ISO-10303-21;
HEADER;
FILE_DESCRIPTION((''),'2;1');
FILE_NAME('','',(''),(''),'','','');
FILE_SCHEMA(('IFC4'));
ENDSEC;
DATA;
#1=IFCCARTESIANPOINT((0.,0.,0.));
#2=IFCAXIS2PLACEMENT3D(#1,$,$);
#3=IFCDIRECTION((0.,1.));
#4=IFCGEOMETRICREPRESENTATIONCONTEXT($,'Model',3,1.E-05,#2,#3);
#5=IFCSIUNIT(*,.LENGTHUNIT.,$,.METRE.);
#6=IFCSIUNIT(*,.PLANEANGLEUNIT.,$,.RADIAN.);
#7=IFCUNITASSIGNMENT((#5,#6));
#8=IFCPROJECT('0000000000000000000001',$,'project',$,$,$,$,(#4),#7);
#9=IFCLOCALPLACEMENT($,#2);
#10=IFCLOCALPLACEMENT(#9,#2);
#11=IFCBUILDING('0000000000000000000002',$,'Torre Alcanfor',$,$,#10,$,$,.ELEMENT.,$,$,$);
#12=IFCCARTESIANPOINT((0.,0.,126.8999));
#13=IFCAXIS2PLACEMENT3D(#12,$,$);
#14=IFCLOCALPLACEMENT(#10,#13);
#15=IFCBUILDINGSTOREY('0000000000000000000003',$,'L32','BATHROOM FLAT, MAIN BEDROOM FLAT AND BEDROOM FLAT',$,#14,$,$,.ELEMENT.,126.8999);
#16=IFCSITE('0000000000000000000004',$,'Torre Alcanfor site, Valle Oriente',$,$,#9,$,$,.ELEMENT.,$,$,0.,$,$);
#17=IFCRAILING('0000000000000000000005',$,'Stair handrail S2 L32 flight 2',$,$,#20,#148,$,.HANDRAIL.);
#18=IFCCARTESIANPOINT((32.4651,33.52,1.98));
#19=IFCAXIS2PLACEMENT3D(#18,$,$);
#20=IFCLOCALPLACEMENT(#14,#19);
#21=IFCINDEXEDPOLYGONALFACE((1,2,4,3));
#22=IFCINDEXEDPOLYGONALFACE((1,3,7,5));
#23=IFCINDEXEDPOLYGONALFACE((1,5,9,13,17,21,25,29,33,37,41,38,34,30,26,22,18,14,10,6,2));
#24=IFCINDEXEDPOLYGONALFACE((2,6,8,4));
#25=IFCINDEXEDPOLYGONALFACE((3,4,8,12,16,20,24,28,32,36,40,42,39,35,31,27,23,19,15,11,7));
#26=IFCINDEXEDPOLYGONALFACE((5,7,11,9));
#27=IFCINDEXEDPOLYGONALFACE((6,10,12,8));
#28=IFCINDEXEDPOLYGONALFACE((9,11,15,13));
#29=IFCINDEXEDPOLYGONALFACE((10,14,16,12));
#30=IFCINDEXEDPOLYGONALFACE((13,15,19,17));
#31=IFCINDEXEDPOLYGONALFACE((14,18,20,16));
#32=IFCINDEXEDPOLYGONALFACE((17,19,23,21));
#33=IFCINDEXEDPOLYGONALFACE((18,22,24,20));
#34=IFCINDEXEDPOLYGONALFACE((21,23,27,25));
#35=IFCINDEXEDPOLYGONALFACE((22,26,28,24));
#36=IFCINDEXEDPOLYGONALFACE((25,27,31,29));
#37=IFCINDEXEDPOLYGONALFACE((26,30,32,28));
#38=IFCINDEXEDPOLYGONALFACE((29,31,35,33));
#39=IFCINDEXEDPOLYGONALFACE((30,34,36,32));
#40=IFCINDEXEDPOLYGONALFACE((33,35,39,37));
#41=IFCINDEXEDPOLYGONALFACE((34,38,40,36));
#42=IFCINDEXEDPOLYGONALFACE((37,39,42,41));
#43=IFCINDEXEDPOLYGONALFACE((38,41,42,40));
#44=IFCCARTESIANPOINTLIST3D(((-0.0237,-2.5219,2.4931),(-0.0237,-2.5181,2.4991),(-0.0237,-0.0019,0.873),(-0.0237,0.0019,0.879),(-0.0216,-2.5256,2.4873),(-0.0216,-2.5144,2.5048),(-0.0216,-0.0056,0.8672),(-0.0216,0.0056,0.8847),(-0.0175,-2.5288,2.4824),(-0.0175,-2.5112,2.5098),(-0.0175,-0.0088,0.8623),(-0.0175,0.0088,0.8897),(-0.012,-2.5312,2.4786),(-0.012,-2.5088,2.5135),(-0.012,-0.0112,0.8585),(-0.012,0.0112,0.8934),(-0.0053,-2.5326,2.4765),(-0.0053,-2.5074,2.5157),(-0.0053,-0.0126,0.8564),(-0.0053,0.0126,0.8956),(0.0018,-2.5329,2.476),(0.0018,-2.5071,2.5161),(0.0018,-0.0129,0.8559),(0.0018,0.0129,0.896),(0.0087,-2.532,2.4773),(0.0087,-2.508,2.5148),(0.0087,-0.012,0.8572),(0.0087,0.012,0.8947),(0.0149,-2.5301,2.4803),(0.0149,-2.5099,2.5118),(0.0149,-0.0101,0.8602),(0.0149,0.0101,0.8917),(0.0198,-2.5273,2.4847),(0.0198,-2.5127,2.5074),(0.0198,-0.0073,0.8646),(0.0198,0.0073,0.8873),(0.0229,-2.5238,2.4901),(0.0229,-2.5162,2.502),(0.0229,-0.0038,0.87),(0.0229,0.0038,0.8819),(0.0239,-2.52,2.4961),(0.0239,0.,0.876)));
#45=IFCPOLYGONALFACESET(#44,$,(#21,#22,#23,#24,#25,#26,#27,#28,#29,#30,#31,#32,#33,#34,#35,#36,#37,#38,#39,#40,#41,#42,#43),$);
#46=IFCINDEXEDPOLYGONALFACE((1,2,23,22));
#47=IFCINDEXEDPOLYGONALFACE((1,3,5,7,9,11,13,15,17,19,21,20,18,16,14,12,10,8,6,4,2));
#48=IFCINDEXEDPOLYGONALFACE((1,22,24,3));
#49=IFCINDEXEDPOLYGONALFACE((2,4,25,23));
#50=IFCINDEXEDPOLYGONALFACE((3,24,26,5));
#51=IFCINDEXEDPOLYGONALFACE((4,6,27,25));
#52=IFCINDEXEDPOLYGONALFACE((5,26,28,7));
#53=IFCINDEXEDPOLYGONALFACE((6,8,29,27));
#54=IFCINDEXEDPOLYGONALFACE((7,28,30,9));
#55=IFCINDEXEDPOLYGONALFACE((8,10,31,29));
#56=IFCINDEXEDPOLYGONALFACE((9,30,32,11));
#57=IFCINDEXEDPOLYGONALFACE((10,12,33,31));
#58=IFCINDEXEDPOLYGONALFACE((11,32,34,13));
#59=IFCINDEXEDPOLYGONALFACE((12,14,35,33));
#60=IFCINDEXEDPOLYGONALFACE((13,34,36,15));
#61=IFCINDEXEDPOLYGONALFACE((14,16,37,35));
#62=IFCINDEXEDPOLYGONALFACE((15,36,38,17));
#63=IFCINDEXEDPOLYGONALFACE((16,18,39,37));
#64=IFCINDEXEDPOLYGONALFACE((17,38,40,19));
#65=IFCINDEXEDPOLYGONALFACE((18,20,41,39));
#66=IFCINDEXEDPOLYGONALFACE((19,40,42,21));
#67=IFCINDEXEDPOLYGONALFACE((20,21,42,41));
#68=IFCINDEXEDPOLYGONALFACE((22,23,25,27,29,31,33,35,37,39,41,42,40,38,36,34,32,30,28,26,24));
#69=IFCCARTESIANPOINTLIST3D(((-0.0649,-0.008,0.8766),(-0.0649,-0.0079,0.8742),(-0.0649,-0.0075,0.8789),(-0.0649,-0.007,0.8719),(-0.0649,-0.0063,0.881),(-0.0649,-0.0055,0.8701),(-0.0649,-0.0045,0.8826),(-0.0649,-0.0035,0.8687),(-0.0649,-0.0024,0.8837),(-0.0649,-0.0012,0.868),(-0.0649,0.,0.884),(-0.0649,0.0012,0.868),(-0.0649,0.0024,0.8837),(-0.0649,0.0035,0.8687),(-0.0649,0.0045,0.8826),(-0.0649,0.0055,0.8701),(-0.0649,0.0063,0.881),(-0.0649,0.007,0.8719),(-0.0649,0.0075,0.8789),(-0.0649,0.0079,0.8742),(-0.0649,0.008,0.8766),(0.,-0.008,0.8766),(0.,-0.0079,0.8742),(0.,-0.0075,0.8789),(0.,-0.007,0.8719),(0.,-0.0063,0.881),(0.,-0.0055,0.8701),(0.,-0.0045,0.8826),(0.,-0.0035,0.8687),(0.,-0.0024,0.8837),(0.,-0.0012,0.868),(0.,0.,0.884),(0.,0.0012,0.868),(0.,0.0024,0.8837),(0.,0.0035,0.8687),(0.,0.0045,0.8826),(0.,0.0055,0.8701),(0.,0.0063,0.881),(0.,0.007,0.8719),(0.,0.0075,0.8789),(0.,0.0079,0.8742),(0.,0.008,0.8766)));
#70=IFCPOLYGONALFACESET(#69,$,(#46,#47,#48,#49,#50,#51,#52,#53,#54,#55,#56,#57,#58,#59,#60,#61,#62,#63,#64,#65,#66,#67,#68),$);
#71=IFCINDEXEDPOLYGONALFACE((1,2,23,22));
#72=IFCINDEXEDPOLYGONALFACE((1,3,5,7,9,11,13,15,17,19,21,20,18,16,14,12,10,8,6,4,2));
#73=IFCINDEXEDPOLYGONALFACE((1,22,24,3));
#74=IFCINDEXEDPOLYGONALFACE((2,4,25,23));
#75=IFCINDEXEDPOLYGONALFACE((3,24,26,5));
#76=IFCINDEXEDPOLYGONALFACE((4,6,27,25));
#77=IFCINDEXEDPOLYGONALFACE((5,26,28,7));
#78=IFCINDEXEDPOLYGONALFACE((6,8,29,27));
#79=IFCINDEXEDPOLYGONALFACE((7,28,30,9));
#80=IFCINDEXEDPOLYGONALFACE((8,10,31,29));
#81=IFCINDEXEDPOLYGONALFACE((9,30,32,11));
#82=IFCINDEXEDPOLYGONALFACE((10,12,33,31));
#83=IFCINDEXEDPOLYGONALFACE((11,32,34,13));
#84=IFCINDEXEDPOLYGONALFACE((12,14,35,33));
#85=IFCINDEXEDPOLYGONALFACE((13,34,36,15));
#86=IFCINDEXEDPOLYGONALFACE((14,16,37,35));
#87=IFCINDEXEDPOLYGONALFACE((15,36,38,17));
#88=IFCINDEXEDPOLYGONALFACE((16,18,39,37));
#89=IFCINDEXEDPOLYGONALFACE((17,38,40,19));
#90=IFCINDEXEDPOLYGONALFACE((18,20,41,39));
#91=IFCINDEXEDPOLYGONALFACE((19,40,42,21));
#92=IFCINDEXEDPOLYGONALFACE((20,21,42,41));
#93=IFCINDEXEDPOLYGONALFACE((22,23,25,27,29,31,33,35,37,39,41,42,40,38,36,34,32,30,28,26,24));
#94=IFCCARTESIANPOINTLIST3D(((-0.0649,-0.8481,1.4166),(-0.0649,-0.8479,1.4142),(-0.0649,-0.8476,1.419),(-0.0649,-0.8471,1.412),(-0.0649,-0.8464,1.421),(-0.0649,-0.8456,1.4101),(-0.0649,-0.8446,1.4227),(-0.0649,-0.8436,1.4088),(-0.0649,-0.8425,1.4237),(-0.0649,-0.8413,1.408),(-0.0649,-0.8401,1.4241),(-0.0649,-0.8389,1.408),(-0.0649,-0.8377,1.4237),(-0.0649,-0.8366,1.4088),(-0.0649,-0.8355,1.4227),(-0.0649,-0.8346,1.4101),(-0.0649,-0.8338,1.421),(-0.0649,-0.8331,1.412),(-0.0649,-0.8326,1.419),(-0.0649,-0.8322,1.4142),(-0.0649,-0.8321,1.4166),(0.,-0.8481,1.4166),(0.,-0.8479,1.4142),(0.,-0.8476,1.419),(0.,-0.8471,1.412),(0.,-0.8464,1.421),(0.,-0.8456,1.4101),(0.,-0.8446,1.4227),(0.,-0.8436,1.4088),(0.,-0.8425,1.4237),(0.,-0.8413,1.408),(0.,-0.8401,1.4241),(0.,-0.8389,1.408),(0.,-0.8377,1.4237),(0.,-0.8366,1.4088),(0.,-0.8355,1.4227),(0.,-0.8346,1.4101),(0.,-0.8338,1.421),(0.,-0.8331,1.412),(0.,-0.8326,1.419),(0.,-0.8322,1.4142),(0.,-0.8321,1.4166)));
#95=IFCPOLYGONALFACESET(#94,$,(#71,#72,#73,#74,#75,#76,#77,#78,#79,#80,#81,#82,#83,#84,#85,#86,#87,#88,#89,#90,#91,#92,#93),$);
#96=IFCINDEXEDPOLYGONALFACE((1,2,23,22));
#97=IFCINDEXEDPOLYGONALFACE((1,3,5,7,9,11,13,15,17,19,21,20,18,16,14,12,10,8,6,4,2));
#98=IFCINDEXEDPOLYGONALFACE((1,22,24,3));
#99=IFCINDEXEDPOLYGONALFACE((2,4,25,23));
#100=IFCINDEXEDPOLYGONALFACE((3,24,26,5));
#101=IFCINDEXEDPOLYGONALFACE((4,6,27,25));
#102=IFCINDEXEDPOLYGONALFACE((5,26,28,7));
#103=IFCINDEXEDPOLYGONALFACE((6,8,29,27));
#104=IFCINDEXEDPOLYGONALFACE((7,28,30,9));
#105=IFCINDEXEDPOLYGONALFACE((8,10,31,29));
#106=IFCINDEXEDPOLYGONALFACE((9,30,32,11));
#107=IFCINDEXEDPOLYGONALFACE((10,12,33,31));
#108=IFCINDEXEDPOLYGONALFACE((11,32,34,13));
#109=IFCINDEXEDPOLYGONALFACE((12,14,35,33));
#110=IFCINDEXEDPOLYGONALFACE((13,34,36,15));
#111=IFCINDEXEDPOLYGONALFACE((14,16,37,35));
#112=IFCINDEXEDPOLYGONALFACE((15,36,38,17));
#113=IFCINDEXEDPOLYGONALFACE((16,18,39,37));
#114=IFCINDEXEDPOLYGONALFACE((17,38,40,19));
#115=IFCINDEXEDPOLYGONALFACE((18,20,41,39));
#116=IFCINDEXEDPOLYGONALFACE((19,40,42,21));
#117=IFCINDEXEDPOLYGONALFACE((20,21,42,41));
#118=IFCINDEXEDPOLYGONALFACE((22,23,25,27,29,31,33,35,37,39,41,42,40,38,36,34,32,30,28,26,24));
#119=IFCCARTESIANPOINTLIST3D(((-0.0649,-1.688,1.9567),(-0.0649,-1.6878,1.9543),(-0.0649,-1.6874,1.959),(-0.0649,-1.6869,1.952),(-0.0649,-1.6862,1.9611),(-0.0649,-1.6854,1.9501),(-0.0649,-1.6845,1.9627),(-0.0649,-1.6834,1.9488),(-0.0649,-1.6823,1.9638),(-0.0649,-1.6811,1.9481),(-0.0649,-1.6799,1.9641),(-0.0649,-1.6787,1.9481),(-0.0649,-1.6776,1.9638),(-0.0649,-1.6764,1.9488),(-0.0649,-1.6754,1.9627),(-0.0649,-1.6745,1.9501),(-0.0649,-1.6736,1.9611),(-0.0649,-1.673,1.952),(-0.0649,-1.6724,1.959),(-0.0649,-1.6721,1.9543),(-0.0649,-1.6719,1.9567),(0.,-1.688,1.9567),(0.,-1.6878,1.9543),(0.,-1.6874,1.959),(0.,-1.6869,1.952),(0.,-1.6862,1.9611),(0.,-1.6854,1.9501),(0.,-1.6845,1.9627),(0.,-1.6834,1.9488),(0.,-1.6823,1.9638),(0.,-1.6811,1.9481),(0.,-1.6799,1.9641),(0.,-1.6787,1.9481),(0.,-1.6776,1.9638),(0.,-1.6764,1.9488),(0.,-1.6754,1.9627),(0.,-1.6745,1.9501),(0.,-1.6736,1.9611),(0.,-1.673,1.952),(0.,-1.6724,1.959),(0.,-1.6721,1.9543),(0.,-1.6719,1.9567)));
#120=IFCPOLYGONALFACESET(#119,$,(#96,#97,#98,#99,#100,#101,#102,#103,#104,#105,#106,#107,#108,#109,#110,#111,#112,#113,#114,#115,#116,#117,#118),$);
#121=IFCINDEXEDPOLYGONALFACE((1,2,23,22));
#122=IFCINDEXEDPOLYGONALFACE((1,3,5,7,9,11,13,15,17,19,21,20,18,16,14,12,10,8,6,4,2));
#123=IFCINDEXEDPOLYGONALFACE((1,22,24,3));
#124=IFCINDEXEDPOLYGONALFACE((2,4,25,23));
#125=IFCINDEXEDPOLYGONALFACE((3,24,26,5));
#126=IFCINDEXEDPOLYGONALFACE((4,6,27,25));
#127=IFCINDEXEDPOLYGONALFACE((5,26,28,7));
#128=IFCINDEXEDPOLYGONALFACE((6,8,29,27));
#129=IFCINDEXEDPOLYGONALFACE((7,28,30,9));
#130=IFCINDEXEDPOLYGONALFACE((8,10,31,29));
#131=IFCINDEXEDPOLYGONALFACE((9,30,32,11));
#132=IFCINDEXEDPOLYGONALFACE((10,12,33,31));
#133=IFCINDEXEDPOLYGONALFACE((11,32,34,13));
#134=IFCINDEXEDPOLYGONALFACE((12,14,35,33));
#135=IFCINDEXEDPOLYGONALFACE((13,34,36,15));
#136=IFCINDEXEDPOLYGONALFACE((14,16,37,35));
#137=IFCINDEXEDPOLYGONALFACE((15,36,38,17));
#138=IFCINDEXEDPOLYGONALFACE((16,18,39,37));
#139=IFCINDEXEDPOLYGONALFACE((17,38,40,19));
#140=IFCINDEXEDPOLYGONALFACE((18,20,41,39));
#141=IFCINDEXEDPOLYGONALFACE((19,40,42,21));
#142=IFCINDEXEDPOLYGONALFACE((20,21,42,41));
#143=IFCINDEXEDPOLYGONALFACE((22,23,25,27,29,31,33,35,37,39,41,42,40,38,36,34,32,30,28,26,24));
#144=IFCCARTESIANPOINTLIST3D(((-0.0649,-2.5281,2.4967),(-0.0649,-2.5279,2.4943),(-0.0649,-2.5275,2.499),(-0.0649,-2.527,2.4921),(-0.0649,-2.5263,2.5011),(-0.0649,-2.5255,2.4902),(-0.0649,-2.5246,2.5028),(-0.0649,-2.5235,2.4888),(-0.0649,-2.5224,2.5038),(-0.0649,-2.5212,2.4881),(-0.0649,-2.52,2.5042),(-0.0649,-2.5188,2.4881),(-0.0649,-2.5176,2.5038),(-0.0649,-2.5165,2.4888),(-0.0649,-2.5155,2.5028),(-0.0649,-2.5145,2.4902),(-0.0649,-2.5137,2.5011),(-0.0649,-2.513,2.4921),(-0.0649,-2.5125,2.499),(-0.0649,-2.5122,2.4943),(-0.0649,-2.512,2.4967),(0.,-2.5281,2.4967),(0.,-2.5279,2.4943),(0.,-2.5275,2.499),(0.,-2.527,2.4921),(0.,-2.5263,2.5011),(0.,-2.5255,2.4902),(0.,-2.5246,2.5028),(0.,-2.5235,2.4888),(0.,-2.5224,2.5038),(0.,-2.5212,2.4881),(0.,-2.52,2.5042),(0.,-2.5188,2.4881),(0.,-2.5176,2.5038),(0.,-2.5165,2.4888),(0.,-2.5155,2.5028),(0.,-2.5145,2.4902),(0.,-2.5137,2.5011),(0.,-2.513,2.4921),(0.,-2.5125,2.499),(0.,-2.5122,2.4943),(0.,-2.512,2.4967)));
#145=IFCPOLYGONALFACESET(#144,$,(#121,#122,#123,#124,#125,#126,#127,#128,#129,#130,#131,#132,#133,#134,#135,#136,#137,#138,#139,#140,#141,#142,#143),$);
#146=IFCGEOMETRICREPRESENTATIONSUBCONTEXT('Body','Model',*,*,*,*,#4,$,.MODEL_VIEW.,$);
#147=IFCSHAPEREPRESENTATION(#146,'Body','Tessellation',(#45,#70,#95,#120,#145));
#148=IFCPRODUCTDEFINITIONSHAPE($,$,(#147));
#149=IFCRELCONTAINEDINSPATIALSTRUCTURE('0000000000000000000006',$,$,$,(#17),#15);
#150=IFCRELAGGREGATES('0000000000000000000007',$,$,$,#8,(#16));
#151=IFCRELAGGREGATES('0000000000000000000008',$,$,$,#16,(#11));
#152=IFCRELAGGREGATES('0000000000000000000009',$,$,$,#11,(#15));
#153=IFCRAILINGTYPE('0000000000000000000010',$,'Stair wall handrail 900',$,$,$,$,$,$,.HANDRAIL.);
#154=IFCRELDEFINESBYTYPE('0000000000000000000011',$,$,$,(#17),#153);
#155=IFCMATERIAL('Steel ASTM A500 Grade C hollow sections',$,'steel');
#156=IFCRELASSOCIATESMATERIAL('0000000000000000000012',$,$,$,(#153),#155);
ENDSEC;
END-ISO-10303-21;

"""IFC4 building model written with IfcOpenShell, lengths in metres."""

from ifc_helpers import new_model, si_unit, direction, frame, origin, origin_2d, place, context, subcontext, project, spatial, circle, extrude, material, type_object, element, save


model = new_model("IFC4")

# Units and contexts
model_context = context("Model", 3, precision=1e-05, world=origin(), true_north=direction((0.0, 1.0)))
body_context = subcontext(model_context, "Body", "Model", "MODEL_VIEW")
ifc_project = project(units=[si_unit("LENGTHUNIT", "METRE"), si_unit("PLANEANGLEUNIT", "RADIAN")], contexts=[model_context])

# Site, building, storey
site_placement = place(None, origin())
site = spatial("IfcSite", under=ifc_project, at=site_placement, Name="Torre Alcanfor site, Valle Oriente", CompositionType="ELEMENT", RefElevation=0.0)
building_placement = place(site_placement, origin())
building = spatial("IfcBuilding", under=site, at=building_placement, Name="Torre Alcanfor", CompositionType="ELEMENT")
storey_placement = place(building_placement, frame((0.0, 0.0, 126.8999)))
storey = spatial("IfcBuildingStorey", under=building, at=storey_placement, Name="L32", Description="BATHROOM FLAT, MAIN BEDROOM FLAT AND BEDROOM FLAT", CompositionType="ELEMENT", Elevation=126.8999)

# Railing
ifc_material_1 = material(Name="Steel ASTM A500 Grade C hollow sections", Category="steel")
railing_type_1 = type_object("IfcRailingType", Name="Stair wall handrail 900", PredefinedType="HANDRAIL", material=ifc_material_1)
railing_1_placement = place(storey_placement, frame((32.4651, 33.52, 1.98)))
element("IfcRailing", 1, at=railing_1_placement, inside=storey, type_object=railing_type_1, Name="Stair handrail S2 L32 flight 2", PredefinedType="HANDRAIL", context=body_context, shape_type="SweptSolid", body=[
    extrude(circle(Radius=0.0239, at=origin_2d()), frame((0.0, 0.0, 0.876), z_axis=(0.0, -0.841163, 0.540782), x_axis=(1.0, 0.0, 0.0)), (0.0, 0.0, 1.0), 2.9958),
    extrude(circle(Radius=0.0081, at=origin_2d()), frame((0.0, 0.0, 0.876), z_axis=(-1.0, 0.0, 0.0), x_axis=(0.0, 0.0, 1.0)), (0.0, 0.0, 1.0), 0.0649),
    extrude(circle(Radius=0.0081, at=origin_2d()), frame((0.0, -0.8401, 1.416), z_axis=(-1.0, 0.0, 0.0), x_axis=(0.0, 0.0, 1.0)), (0.0, 0.0, 1.0), 0.0649),
    extrude(circle(Radius=0.0081, at=origin_2d()), frame((0.0, -1.6799, 1.9561), z_axis=(-1.0, 0.0, 0.0), x_axis=(0.0, 0.0, 1.0)), (0.0, 0.0, 1.0), 0.0649),
    extrude(circle(Radius=0.0081, at=origin_2d()), frame((0.0, -2.52, 2.4961), z_axis=(-1.0, 0.0, 0.0), x_axis=(0.0, 0.0, 1.0)), (0.0, 0.0, 1.0), 0.0649),
])

save(model, "model.ifc")
